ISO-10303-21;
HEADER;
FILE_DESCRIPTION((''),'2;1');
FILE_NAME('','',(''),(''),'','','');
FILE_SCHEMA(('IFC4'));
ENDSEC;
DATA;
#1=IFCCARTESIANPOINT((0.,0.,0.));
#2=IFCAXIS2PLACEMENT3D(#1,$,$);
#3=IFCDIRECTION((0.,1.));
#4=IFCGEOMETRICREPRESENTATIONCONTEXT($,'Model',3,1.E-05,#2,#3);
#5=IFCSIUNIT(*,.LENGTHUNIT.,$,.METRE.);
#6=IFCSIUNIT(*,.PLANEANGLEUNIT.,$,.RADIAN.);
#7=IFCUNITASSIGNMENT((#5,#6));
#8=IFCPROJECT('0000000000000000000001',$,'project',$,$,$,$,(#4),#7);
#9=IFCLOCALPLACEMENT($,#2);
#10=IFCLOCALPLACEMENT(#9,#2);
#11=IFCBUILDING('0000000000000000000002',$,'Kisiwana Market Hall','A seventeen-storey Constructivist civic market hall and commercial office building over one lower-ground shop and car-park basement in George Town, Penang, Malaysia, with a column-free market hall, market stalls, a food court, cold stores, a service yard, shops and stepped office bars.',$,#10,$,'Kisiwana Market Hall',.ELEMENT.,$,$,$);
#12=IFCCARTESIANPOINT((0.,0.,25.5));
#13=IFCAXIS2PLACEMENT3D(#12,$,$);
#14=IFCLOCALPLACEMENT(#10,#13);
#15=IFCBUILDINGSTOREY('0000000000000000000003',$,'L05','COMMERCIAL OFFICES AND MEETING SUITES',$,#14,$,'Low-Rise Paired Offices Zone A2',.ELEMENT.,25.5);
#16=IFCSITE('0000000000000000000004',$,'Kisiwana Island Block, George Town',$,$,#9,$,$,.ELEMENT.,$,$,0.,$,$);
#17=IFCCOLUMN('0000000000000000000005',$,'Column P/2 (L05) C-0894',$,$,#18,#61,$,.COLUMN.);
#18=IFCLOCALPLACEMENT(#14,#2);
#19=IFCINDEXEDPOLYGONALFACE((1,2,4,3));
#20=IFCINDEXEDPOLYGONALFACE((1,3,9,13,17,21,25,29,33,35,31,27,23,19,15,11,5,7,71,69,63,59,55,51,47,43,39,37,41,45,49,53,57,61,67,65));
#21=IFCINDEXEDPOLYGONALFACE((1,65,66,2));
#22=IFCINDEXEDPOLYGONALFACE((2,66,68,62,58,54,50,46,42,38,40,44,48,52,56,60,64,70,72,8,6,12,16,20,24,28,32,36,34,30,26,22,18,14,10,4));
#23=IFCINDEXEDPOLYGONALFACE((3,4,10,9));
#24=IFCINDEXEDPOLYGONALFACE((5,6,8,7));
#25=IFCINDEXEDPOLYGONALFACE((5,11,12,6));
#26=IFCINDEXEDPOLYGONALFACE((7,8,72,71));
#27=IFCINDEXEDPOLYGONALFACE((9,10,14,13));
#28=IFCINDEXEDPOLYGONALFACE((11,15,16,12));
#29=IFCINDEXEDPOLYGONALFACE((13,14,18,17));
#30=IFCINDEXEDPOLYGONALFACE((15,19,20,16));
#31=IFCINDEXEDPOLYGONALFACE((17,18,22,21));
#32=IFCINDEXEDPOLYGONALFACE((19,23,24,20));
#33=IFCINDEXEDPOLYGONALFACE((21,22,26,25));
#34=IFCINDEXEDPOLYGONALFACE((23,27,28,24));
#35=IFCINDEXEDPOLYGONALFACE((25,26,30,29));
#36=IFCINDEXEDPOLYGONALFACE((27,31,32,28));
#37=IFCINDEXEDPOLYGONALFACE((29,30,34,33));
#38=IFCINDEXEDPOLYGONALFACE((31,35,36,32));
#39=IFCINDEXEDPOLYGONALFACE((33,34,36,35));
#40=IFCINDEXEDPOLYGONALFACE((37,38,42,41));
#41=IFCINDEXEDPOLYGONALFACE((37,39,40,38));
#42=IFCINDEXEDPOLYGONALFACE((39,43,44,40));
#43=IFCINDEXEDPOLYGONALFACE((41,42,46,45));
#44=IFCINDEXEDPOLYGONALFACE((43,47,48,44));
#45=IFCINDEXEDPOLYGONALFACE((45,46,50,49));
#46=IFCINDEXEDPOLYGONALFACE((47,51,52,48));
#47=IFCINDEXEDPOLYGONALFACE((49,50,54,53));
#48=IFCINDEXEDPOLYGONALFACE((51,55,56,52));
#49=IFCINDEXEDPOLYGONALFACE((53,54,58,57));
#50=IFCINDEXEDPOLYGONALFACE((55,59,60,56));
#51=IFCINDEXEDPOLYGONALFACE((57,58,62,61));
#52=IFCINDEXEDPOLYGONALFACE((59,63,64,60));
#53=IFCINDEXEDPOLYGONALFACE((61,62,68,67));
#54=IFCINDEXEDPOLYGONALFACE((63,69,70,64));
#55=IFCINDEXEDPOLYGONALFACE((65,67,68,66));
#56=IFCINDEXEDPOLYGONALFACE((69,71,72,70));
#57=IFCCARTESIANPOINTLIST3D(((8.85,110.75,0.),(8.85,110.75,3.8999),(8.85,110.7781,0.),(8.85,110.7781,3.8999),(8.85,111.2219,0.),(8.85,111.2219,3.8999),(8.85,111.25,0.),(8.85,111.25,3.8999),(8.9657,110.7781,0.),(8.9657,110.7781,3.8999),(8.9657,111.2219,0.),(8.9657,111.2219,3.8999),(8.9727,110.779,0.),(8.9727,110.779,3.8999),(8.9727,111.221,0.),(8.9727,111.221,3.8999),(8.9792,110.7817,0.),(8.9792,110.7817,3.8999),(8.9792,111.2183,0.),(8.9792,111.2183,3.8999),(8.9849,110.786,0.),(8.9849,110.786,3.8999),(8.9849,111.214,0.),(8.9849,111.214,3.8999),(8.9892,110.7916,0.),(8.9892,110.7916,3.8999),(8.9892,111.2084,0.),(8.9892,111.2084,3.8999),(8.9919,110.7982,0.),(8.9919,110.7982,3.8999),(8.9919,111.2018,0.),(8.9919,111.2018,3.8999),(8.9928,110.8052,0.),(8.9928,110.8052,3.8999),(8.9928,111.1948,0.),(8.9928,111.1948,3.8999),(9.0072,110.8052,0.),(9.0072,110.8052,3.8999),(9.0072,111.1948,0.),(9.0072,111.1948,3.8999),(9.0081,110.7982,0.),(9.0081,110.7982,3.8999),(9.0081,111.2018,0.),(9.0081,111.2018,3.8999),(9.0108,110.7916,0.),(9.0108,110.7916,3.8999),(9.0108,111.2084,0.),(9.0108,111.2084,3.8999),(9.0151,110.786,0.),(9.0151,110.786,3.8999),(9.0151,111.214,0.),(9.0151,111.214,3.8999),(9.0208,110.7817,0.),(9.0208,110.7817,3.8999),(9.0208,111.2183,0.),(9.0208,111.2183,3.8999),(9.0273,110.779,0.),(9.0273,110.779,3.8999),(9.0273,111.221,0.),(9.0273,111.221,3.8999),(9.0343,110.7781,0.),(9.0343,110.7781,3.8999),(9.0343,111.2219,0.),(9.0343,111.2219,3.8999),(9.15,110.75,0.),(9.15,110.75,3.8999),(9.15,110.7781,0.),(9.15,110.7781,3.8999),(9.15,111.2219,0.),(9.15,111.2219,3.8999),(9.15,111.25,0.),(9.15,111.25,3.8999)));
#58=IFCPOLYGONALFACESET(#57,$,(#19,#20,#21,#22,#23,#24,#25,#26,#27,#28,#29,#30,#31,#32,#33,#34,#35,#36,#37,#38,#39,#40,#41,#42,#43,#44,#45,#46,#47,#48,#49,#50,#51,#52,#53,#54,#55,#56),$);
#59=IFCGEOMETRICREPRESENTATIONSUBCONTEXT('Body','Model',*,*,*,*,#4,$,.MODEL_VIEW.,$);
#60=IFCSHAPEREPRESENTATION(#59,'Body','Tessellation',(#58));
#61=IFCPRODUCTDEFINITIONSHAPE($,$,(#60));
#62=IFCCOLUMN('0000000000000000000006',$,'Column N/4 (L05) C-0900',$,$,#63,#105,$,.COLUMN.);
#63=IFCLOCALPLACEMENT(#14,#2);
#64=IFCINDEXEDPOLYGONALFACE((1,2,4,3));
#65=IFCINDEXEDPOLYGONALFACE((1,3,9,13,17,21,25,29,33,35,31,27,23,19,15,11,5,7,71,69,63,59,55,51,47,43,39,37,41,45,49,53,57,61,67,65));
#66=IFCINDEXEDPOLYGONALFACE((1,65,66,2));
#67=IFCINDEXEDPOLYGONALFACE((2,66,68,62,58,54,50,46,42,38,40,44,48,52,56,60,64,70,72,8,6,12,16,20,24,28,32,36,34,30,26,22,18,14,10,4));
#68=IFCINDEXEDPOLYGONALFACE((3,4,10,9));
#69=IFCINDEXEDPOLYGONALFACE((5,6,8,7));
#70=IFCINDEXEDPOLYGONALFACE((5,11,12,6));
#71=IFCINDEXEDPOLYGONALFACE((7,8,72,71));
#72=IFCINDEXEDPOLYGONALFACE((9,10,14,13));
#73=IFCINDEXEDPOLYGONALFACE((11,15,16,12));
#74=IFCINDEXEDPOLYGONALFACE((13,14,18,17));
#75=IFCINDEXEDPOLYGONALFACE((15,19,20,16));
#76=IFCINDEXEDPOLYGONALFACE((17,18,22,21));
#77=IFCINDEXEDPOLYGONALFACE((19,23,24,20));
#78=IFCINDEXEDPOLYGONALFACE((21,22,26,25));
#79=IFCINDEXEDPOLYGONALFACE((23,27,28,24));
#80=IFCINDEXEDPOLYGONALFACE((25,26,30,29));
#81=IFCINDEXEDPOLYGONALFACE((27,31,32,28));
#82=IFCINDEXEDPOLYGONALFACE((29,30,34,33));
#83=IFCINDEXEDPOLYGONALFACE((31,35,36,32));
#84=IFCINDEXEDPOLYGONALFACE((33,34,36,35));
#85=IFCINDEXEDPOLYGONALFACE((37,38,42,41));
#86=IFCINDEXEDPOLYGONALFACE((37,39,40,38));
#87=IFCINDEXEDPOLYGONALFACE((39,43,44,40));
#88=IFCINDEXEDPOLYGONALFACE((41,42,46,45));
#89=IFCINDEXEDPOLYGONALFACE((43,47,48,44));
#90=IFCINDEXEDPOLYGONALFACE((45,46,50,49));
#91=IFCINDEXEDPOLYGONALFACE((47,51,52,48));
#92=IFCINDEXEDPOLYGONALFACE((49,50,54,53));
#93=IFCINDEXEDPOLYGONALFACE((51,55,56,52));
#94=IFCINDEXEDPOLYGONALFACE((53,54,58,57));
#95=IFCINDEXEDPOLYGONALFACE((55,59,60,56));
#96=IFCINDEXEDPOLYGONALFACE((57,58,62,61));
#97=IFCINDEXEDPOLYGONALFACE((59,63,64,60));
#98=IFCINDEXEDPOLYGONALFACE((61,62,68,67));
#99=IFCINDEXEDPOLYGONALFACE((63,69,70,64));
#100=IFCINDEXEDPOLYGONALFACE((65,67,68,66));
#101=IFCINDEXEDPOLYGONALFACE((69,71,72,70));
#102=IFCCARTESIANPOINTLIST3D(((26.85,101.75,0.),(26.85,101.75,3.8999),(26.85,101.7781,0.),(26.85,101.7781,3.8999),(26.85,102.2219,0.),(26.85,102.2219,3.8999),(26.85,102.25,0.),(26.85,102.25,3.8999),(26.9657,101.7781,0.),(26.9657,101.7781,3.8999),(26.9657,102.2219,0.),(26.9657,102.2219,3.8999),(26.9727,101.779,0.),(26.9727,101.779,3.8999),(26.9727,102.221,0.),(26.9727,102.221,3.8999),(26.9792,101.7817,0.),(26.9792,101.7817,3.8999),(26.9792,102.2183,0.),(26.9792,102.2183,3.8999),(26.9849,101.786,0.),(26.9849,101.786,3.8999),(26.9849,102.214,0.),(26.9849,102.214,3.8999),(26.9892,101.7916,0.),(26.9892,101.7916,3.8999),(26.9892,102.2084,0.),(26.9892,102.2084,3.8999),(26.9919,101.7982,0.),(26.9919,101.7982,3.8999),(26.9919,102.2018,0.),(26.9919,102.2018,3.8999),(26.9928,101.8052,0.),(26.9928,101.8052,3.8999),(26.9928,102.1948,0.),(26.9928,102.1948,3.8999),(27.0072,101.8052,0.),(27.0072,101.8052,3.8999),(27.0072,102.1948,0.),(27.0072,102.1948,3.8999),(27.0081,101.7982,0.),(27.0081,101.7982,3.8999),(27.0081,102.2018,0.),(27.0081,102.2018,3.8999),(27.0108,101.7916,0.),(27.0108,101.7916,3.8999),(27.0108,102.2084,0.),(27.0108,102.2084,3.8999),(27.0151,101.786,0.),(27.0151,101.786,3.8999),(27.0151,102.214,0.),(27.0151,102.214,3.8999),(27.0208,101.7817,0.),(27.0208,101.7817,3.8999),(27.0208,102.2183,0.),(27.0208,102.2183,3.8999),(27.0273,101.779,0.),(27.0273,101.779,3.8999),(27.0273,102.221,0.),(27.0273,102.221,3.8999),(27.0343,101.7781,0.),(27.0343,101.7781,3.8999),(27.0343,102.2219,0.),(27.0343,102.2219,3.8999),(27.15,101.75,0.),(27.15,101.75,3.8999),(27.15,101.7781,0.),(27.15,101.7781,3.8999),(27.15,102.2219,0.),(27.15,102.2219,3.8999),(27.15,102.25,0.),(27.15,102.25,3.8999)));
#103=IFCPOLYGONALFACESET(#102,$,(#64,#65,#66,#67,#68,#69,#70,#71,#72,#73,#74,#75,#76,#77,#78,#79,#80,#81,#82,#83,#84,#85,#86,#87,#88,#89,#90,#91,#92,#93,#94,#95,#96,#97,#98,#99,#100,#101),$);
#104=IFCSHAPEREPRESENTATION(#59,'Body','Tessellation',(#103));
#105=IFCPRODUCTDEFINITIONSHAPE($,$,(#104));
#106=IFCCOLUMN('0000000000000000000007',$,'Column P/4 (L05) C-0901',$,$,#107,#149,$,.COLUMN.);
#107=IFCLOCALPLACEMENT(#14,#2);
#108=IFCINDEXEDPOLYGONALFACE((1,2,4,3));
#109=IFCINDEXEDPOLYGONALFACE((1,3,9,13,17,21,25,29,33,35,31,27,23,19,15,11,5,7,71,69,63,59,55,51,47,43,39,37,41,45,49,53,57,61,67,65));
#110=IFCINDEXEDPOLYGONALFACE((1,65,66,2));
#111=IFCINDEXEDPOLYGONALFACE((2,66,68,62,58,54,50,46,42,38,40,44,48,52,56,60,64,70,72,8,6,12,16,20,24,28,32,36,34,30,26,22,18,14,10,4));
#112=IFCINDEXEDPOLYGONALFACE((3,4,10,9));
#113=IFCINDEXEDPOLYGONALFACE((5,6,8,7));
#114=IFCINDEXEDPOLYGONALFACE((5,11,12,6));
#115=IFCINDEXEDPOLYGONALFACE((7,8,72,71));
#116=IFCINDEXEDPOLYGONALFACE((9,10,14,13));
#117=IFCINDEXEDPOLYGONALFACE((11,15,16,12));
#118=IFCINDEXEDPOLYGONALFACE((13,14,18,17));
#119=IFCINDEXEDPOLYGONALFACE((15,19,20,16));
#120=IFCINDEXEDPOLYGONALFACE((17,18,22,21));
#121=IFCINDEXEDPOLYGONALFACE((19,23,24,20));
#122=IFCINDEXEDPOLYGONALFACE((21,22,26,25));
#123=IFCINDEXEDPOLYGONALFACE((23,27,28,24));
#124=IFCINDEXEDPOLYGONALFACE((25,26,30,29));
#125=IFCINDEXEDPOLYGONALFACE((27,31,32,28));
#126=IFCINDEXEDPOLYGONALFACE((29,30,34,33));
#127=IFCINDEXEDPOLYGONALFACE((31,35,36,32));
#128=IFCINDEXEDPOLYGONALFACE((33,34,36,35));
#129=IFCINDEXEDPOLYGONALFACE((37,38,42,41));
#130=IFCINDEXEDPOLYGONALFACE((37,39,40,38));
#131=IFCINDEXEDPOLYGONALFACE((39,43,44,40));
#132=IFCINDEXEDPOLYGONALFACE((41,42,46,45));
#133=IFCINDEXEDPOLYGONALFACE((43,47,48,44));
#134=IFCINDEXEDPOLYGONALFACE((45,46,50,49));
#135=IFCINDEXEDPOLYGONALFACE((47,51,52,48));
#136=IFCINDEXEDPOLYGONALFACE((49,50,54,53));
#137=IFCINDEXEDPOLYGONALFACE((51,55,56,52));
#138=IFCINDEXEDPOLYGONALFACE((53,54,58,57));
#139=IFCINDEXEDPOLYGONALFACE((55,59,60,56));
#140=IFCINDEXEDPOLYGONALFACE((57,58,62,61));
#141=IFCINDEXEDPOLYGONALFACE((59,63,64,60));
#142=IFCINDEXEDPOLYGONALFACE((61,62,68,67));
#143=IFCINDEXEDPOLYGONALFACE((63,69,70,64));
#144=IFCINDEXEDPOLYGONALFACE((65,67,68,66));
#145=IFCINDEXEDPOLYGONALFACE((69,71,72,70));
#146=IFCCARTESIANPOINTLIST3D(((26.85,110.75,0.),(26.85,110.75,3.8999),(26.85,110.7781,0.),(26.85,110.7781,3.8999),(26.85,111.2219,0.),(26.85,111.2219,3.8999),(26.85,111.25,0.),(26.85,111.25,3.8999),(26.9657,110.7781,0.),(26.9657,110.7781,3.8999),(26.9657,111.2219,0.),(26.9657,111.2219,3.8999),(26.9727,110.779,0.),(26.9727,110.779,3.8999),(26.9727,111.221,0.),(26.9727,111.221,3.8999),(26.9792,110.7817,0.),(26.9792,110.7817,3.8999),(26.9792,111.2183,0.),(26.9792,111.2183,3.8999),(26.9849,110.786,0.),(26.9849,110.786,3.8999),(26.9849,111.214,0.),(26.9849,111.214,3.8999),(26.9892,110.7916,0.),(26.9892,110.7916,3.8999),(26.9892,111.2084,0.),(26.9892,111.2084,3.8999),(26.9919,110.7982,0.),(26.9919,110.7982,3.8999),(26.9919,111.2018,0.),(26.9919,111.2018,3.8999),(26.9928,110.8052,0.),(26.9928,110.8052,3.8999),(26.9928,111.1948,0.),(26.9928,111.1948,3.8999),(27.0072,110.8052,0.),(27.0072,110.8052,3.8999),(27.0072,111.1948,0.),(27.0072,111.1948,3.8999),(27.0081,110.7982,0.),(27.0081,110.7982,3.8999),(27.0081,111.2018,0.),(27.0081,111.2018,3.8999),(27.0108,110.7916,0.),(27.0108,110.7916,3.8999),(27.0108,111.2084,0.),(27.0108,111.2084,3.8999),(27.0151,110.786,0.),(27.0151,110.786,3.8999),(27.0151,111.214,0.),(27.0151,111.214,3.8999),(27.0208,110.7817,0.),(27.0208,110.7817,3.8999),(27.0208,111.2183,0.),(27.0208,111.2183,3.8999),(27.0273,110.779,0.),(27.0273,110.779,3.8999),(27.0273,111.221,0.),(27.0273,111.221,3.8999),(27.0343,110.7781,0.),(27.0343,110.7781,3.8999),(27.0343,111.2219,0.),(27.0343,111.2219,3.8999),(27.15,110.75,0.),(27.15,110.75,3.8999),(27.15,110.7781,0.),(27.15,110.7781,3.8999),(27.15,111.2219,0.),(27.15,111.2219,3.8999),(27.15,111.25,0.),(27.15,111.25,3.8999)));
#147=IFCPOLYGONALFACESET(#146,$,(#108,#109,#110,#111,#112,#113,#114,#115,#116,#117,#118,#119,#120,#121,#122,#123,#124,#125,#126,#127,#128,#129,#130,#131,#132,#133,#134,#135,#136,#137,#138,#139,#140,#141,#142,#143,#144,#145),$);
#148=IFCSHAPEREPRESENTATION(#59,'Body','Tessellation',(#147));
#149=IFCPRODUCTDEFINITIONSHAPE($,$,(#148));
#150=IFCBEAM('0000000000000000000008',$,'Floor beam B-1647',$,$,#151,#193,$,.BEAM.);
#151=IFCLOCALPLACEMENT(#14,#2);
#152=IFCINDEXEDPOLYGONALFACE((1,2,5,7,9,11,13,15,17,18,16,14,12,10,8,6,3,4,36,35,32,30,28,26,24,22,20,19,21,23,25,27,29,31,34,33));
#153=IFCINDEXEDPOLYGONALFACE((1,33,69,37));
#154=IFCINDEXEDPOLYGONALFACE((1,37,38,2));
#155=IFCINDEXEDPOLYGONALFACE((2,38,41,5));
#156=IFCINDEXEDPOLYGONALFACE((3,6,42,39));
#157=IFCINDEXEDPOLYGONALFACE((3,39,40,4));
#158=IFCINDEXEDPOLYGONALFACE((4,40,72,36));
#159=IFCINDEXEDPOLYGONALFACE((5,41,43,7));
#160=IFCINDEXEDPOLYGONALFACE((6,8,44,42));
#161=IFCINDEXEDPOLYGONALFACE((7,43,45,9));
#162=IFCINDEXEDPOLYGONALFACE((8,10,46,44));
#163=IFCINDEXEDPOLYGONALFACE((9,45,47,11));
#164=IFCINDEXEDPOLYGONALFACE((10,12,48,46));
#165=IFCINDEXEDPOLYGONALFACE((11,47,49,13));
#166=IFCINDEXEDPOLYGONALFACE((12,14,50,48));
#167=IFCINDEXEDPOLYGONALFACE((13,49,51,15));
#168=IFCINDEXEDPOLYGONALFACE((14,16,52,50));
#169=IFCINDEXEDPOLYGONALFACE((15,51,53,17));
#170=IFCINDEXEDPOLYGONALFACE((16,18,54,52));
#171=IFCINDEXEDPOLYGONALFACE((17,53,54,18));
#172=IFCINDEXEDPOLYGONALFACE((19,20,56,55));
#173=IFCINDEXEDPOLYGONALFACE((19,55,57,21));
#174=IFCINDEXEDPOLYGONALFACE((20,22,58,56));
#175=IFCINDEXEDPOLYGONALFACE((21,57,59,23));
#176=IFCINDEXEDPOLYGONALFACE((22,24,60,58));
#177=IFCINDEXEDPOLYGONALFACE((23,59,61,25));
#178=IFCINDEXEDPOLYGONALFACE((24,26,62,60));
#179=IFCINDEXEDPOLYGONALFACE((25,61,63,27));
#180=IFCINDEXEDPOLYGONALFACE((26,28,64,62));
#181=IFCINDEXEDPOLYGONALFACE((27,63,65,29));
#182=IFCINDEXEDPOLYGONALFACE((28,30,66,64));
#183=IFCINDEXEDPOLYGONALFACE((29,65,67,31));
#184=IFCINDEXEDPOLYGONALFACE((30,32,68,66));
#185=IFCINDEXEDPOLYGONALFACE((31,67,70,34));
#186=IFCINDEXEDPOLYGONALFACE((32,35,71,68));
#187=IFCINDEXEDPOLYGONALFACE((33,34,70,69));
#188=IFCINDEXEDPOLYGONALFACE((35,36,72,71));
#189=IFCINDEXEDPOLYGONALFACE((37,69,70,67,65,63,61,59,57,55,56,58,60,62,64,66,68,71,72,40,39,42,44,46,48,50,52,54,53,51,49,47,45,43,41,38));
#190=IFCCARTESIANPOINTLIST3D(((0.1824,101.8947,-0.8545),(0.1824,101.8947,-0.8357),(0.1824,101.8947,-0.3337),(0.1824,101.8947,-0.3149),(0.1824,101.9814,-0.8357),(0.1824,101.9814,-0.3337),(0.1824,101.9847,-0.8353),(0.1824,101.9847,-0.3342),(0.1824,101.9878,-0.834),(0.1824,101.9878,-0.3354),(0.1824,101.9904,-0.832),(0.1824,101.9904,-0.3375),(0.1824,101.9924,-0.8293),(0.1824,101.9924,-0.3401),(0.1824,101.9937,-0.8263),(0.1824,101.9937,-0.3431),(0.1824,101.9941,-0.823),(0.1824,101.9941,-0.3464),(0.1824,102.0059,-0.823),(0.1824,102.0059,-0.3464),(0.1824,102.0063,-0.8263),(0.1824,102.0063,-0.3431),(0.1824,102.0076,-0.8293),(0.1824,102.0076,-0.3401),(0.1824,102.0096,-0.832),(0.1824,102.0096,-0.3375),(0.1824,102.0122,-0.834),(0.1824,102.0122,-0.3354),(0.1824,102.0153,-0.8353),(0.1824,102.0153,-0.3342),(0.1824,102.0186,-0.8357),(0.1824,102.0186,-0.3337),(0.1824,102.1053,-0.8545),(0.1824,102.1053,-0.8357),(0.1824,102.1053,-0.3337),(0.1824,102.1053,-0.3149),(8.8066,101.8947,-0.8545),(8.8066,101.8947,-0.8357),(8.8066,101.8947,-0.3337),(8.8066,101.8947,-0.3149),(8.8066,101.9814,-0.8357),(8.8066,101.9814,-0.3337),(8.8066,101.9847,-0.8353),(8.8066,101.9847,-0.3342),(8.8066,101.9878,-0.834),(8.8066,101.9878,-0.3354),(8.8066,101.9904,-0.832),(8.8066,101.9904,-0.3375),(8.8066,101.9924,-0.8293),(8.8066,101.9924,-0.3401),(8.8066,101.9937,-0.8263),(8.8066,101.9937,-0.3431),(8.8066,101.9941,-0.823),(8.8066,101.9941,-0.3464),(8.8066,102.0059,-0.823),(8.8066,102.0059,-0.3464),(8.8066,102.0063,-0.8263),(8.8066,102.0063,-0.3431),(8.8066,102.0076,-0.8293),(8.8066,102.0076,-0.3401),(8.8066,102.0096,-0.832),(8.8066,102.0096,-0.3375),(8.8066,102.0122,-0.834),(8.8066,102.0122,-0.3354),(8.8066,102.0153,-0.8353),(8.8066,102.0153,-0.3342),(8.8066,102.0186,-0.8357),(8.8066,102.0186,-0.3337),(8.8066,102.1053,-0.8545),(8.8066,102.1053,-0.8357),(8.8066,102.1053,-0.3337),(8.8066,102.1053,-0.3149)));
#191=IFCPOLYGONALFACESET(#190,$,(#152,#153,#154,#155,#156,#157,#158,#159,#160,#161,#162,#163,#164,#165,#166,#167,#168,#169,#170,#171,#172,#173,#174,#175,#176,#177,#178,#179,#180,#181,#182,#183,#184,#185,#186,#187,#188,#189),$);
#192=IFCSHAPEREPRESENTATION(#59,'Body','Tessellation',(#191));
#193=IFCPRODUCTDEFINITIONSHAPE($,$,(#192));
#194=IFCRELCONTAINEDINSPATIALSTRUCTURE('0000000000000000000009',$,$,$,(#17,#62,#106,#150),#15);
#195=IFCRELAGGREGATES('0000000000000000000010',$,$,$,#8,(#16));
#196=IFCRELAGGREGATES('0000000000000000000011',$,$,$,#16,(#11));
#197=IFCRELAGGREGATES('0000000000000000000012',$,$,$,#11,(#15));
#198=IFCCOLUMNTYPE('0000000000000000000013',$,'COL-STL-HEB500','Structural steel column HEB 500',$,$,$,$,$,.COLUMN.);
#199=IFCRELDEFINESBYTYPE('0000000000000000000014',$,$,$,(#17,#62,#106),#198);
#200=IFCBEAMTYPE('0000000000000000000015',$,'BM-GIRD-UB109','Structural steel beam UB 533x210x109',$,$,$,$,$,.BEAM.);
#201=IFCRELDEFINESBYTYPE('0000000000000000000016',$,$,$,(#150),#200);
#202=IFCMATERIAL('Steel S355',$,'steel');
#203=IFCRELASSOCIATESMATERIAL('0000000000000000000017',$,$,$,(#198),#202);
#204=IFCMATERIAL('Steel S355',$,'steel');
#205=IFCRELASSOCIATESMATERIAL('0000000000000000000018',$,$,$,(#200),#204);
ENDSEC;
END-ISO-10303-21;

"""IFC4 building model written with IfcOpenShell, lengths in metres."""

from ifc_helpers import new_model, si_unit, direction, frame, origin, origin_2d, place, context, subcontext, project, spatial, i_section, extrude, material, material_profile, profile_set, type_object, element, save


model = new_model("IFC4")

# Units and contexts
model_context = context("Model", 3, precision=1e-05, world=origin(), true_north=direction((0.0, 1.0)))
body_context = subcontext(model_context, "Body", "Model", "MODEL_VIEW")
ifc_project = project(units=[si_unit("LENGTHUNIT", "METRE"), si_unit("PLANEANGLEUNIT", "RADIAN")], contexts=[model_context])

# Site, building, storey
site_placement = place(None, origin())
site = spatial("IfcSite", under=ifc_project, at=site_placement, Name="Kisiwana Island Block, George Town", CompositionType="ELEMENT", RefElevation=0.0)
building_placement = place(site_placement, origin())
building = spatial("IfcBuilding", under=site, at=building_placement, Name="Kisiwana Market Hall", Description="A seventeen-storey Constructivist civic market hall and commercial office building over one lower-ground shop and car-park basement in George Town, Penang, Malaysia, with a column-free market hall, market stalls, a food court, cold stores, a service yard, shops and stepped office bars.", LongName="Kisiwana Market Hall", CompositionType="ELEMENT")
storey_placement = place(building_placement, frame((0.0, 0.0, 25.5)))
storey = spatial("IfcBuildingStorey", under=building, at=storey_placement, Name="L05", Description="COMMERCIAL OFFICES AND MEETING SUITES", LongName="Low-Rise Paired Offices Zone A2", CompositionType="ELEMENT", Elevation=25.5)

# Columns
ifc_material_1 = material(Name="Steel S355", Category="steel")
ifc_material_profile_1 = material_profile(ifc_material_1, i_section(OverallWidth=0.3, OverallDepth=0.5, WebThickness=0.0144, FlangeThickness=0.0281, FilletRadius=0.0271, at=origin_2d()), Name="HEB 500")
ifc_profile_set_1 = profile_set([ifc_material_profile_1], Name="Steel S355")
column_type_1 = type_object("IfcColumnType", Name="COL-STL-HEB500", Description="Structural steel column HEB 500", PredefinedType="COLUMN", material=ifc_profile_set_1)
for number, where, z_axis, x_axis, name in (
    (1, (9.0, 111.0, 0.0), (0.0, 0.0, 1.0), (1.0, 0.0, 0.0), "Column P/2 (L05) C-0894"),
    (2, (27.0, 102.0, 0.0), (0.0, 0.0, 1.0), (1.0, 0.0, 0.0), "Column N/4 (L05) C-0900"),
    (3, (27.0, 111.0, 0.0), (0.0, 0.0, 1.0), (1.0, 0.0, 0.0), "Column P/4 (L05) C-0901"),
):
    element("IfcColumn", number, at=place(storey_placement, frame(where, z_axis=z_axis, x_axis=x_axis)), inside=storey, type_object=column_type_1, Name=name, PredefinedType="COLUMN", context=body_context, shape_type="SweptSolid", body=[
        extrude(i_section(OverallWidth=0.3, OverallDepth=0.5, WebThickness=0.0144, FlangeThickness=0.0281, FilletRadius=0.0271, at=origin_2d()), origin(), (0.0, 0.0, 1.0), 3.8999),
    ])

# Beam
ifc_material_2 = material(Name="Steel S355", Category="steel")
ifc_material_profile_2 = material_profile(ifc_material_2, i_section(OverallWidth=0.2107, OverallDepth=0.5396, WebThickness=0.0117, FlangeThickness=0.0188, FilletRadius=0.0127, at=origin_2d()), Name="UB 533x210x109")
ifc_profile_set_2 = profile_set([ifc_material_profile_2], Name="Steel S355")
beam_type_1 = type_object("IfcBeamType", Name="BM-GIRD-UB109", Description="Structural steel beam UB 533x210x109", PredefinedType="BEAM", material=ifc_profile_set_2)
beam_1_placement = place(storey_placement, frame((0.1824, 102.0, -0.5847), z_axis=(1.0, 0.0, 0.0), x_axis=(0.0, 1.0, 0.0)))
element("IfcBeam", 4, at=beam_1_placement, inside=storey, type_object=beam_type_1, Name="Floor beam B-1647", PredefinedType="BEAM", context=body_context, shape_type="SweptSolid", body=[
    extrude(i_section(OverallWidth=0.2107, OverallDepth=0.5396, WebThickness=0.0117, FlangeThickness=0.0188, FilletRadius=0.0127, at=origin_2d()), origin(), (0.0, 0.0, 1.0), 8.6243),
])

save(model, "model.ifc")
